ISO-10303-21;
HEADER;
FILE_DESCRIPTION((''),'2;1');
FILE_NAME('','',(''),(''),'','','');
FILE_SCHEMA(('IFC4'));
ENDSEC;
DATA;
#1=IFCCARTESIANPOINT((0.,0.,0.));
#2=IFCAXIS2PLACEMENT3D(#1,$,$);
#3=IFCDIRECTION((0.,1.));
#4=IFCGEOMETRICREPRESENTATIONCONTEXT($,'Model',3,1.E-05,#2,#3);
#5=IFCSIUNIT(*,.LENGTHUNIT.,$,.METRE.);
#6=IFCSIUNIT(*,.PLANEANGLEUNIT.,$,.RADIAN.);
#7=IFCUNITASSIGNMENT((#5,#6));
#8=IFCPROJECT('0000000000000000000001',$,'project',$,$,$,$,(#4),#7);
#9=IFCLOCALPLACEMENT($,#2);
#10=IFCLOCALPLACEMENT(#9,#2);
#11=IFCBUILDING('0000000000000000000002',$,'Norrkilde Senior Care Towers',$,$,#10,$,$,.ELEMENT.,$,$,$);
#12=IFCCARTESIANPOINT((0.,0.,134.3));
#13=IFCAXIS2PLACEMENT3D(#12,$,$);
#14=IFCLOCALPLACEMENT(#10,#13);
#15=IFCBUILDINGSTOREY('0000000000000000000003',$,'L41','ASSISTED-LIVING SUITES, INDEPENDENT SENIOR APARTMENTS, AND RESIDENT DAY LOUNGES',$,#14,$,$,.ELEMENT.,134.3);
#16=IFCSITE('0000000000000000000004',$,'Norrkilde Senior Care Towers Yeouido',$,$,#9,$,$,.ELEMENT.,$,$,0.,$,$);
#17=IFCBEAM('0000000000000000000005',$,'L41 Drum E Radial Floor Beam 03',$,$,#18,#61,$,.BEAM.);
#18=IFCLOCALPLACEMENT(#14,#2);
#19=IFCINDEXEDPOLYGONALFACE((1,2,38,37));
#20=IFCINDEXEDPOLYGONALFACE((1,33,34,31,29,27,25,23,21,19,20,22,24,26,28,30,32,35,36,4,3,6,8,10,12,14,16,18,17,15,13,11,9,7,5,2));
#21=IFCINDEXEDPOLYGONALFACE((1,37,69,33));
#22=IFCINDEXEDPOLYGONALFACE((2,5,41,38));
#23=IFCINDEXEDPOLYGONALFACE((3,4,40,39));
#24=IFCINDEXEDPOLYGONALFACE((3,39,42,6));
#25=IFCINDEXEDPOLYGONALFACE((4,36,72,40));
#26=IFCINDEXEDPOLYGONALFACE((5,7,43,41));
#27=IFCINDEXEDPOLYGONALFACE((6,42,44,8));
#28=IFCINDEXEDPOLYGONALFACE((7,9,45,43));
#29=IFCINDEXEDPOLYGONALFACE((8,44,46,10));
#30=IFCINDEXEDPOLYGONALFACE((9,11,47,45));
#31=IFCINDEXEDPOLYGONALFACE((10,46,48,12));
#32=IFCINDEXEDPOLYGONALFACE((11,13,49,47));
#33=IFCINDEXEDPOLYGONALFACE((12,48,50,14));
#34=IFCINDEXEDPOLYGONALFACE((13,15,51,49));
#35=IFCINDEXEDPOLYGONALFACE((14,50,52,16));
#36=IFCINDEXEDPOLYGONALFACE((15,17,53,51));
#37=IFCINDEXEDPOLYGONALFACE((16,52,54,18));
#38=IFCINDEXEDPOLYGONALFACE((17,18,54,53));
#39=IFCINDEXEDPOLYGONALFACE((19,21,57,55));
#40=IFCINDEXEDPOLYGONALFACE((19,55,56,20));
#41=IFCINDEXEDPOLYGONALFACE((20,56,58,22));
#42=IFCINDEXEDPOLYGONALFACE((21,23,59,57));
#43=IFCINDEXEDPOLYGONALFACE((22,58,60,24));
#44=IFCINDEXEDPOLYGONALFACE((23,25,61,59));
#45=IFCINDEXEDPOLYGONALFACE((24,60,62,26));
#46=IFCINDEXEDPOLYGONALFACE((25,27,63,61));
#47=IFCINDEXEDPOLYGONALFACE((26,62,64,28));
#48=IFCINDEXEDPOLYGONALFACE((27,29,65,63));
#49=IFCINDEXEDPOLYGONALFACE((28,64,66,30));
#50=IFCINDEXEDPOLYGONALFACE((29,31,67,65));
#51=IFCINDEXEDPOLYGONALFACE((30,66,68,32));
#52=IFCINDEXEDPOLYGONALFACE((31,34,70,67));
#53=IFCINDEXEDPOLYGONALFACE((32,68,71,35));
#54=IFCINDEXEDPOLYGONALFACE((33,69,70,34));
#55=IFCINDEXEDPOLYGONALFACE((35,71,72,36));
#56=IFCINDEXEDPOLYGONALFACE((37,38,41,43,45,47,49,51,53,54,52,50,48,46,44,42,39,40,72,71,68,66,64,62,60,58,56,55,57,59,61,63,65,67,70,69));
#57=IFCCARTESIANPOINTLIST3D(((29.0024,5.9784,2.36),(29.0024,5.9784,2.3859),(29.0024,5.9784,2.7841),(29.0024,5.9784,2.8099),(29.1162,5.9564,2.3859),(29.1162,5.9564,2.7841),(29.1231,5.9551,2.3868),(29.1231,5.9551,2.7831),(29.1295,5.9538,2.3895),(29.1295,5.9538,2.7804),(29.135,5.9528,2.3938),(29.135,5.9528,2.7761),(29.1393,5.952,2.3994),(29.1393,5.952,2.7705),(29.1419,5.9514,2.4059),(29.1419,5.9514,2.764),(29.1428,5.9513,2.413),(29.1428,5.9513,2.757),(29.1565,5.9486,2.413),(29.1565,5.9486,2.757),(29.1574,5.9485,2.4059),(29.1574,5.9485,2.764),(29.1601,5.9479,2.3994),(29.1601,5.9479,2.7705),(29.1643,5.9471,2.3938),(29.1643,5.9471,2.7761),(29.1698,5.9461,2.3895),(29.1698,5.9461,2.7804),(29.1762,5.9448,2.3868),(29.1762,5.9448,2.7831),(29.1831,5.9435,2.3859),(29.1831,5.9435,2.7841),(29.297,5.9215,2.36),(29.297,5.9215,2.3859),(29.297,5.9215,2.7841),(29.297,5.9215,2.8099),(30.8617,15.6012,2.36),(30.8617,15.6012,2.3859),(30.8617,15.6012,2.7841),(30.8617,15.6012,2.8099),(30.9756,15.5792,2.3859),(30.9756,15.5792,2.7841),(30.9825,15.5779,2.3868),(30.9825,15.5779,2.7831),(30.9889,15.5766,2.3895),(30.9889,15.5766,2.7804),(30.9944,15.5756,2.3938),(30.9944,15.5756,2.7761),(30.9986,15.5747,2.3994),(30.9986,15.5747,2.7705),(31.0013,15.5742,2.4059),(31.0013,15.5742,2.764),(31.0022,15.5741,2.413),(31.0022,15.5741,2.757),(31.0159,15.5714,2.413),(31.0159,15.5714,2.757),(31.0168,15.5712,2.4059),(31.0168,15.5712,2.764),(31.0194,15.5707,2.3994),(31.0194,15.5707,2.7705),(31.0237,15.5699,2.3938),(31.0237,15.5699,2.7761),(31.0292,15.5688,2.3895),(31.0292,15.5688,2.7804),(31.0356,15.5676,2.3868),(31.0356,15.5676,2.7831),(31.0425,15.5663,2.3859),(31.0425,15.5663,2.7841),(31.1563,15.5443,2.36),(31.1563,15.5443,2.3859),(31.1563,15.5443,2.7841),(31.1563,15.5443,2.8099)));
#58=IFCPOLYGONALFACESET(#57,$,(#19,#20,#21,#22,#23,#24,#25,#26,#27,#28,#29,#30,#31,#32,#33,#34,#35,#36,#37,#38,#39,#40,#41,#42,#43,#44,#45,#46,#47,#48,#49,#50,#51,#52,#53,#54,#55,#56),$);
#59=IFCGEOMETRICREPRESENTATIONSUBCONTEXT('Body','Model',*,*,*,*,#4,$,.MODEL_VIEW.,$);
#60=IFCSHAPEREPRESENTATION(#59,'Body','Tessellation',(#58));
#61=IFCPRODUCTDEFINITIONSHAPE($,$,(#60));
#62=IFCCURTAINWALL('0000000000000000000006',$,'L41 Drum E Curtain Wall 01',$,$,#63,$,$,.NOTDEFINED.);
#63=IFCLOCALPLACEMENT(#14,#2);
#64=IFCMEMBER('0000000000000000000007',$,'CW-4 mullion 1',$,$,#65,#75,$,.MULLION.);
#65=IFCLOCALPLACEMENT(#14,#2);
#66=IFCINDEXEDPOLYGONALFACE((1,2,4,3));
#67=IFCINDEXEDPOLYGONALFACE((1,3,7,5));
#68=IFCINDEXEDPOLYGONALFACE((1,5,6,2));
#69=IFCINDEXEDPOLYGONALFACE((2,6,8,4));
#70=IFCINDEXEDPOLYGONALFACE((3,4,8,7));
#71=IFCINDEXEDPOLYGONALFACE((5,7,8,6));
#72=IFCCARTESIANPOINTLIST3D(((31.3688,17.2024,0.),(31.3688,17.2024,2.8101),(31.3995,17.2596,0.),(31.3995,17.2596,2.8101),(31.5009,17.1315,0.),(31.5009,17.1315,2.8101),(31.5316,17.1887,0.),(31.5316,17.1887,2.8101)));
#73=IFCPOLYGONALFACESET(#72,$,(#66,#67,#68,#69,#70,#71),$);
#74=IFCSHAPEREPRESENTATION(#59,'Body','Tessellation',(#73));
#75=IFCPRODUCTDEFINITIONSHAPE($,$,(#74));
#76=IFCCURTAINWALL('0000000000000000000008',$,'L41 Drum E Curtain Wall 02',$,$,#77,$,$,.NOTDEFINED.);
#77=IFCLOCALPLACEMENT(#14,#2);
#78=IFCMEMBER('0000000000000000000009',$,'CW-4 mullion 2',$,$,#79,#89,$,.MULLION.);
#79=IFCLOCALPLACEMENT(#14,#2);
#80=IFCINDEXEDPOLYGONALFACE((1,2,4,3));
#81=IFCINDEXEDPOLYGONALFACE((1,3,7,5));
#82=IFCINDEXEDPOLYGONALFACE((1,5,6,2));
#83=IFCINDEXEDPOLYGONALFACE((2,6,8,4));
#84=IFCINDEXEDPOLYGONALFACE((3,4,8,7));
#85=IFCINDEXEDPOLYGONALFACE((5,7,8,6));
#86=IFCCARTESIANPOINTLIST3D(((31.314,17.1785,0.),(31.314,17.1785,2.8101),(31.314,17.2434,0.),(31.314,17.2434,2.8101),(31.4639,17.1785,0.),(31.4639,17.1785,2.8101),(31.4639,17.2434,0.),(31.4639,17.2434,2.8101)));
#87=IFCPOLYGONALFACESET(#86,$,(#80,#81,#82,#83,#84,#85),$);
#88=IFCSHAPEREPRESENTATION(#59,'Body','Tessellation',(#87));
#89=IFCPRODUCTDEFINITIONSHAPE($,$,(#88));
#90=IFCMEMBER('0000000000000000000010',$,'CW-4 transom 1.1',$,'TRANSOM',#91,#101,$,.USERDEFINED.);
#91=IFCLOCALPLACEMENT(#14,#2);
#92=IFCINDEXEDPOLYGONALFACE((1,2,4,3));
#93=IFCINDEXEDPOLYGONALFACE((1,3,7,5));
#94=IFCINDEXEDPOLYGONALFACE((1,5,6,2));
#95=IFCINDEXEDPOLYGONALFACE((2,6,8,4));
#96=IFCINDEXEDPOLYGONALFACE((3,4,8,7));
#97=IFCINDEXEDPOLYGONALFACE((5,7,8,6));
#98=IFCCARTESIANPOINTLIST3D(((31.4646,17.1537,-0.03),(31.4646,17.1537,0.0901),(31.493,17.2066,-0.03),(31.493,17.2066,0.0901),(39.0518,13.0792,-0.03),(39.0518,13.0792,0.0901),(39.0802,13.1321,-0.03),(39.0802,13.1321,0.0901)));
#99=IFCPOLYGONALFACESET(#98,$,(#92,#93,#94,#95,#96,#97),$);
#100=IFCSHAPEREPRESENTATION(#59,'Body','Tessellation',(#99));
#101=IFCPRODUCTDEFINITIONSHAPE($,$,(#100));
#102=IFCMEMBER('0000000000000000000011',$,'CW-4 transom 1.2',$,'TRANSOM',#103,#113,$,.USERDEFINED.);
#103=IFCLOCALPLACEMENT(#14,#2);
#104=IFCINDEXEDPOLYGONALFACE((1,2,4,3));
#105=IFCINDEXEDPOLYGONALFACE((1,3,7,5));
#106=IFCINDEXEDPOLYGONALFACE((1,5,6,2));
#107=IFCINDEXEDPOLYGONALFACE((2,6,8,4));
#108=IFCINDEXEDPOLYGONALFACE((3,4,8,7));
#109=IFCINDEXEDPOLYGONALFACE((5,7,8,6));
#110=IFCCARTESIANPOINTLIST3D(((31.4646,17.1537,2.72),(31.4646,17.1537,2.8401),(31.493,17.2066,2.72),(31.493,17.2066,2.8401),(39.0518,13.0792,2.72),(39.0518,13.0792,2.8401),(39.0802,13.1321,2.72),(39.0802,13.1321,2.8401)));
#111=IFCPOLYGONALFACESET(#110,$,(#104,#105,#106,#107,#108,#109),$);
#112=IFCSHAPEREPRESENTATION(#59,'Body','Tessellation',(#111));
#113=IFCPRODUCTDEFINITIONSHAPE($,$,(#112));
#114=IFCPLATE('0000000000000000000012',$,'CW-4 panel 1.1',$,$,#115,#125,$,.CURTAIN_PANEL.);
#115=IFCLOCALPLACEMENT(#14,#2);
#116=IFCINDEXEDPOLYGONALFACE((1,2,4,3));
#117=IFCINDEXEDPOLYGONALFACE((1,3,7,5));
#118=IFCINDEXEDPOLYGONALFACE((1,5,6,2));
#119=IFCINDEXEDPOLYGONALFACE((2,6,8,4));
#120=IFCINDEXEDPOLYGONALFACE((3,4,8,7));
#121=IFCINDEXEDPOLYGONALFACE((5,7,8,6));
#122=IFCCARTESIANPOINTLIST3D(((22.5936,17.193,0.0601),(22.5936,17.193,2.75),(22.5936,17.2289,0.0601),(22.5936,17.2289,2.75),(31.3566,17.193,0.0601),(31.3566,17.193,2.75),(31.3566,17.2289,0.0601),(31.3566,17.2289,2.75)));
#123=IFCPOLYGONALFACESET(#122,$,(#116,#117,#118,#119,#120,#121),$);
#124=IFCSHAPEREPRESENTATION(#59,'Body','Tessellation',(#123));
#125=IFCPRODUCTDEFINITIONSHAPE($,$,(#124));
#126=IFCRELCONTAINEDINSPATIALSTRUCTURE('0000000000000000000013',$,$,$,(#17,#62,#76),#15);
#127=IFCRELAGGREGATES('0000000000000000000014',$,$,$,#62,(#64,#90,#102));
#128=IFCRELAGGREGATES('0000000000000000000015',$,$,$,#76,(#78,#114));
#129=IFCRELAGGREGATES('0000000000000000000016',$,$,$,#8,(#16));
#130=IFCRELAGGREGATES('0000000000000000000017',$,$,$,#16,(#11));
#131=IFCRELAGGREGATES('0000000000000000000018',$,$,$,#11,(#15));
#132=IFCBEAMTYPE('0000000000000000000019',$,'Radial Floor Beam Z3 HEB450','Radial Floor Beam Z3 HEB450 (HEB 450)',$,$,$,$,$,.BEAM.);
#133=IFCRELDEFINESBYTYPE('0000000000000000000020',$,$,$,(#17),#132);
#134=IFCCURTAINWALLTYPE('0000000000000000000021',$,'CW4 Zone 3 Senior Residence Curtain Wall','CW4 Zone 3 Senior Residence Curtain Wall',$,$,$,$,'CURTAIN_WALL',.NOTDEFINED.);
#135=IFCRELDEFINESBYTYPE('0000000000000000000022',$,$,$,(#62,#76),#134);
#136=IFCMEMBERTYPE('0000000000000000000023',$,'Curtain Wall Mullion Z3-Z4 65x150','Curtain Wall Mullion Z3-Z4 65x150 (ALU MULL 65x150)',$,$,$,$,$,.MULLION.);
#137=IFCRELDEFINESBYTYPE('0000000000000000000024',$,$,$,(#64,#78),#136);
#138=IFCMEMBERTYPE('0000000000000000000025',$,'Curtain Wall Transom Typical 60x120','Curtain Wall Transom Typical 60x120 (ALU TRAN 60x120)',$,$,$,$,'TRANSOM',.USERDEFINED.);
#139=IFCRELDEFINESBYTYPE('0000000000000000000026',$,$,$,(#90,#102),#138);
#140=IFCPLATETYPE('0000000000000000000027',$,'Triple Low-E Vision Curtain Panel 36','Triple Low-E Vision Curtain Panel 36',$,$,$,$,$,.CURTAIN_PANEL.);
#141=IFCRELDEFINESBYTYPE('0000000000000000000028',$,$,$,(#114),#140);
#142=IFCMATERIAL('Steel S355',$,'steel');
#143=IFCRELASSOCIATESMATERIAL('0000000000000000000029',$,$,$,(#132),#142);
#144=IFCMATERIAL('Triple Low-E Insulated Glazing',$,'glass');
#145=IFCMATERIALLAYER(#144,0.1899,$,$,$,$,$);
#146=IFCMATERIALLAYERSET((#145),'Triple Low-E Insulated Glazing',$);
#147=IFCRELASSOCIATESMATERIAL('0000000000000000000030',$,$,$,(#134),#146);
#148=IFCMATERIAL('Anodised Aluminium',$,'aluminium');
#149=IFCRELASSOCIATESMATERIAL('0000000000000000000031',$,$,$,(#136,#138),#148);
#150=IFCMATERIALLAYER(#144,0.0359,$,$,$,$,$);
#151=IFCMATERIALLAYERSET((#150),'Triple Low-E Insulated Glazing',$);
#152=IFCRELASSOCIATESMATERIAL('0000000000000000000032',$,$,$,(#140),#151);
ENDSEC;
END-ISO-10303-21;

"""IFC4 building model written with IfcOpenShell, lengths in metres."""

from ifc_helpers import new_model, si_unit, direction, frame, origin, origin_2d, place, context, subcontext, project, spatial, rectangle, i_section, extrude, source, transform, mapped, material, layer, layer_set, material_profile, profile_set, type_object, type_shapes, element, aggregate, save


model = new_model("IFC4")

# Units and contexts
model_context = context("Model", 3, precision=1e-05, world=origin(), true_north=direction((0.0, 1.0)))
body_context = subcontext(model_context, "Body", "Model", "MODEL_VIEW")
ifc_project = project(units=[si_unit("LENGTHUNIT", "METRE"), si_unit("PLANEANGLEUNIT", "RADIAN")], contexts=[model_context])

# Site, building, storey
site_placement = place(None, origin())
site = spatial("IfcSite", under=ifc_project, at=site_placement, Name="Norrkilde Senior Care Towers Yeouido", CompositionType="ELEMENT", RefElevation=0.0)
building_placement = place(site_placement, origin())
building = spatial("IfcBuilding", under=site, at=building_placement, Name="Norrkilde Senior Care Towers", CompositionType="ELEMENT")
storey_placement = place(building_placement, frame((0.0, 0.0, 134.3)))
storey = spatial("IfcBuildingStorey", under=building, at=storey_placement, Name="L41", Description="ASSISTED-LIVING SUITES, INDEPENDENT SENIOR APARTMENTS, AND RESIDENT DAY LOUNGES", CompositionType="ELEMENT", Elevation=134.3)

# Beam
ifc_material_1 = material(Name="Steel S355", Category="steel")
ifc_material_profile_1 = material_profile(ifc_material_1, i_section(OverallWidth=0.3, OverallDepth=0.45, WebThickness=0.0139, FlangeThickness=0.0259, FilletRadius=0.0271, at=origin_2d()), Name="HEB 450")
ifc_profile_set_1 = profile_set([ifc_material_profile_1], Name="Steel S355")
beam_type_1 = type_object("IfcBeamType", Name="Radial Floor Beam Z3 HEB450", Description="Radial Floor Beam Z3 HEB450 (HEB 450)", PredefinedType="BEAM", material=ifc_profile_set_1)
shared_shape_1 = source(origin(), body_context, "Body", "SweptSolid", [
    extrude(i_section(OverallWidth=0.3, OverallDepth=0.45, WebThickness=0.0139, FlangeThickness=0.0259, FilletRadius=0.0271, at=origin_2d()), origin(), (0.0, 0.0, 1.0), 9.8008),
])
beam_1_placement = place(storey_placement, frame((29.1497, 5.95, 2.585), z_axis=(0.189717, 0.981839, 0.0), x_axis=(-0.981839, 0.189717, 0.0)))
element("IfcBeam", 1, at=beam_1_placement, inside=storey, type_object=beam_type_1, Name="L41 Drum E Radial Floor Beam 03", PredefinedType="BEAM", context=body_context, shape_type="MappedRepresentation", body=[
    mapped(shared_shape_1, transform((0.0, 0.0, 0.0), x_axis=(1.0, 0.0, 0.0), y_axis=(0.0, 1.0, 0.0), z_axis=(0.0, 0.0, 1.0), scale=1.0)),
])

# Curtain walls, members
ifc_material_2 = material(Name="Triple Low-E Insulated Glazing", Category="glass")
ifc_layer_1 = layer(ifc_material_2, 0.1899)
ifc_layer_set_1 = layer_set([ifc_layer_1], Name="Triple Low-E Insulated Glazing")
curtain_wall_type = type_object("IfcCurtainWallType", Name="CW4 Zone 3 Senior Residence Curtain Wall", Description="CW4 Zone 3 Senior Residence Curtain Wall", ElementType="CURTAIN_WALL", PredefinedType="NOTDEFINED", material=ifc_layer_set_1)
curtain_wall_1_placement = place(storey_placement, origin())
curtain_wall_1 = element("IfcCurtainWall", 2, at=curtain_wall_1_placement, inside=storey, type_object=curtain_wall_type, Name="L41 Drum E Curtain Wall 01", PredefinedType="NOTDEFINED")
ifc_material_3 = material(Name="Anodised Aluminium", Category="aluminium")
ifc_material_profile_2 = material_profile(ifc_material_3, rectangle(XDim=0.0649, YDim=0.1499, at=origin_2d()), Name="ALU MULL 65x150")
ifc_profile_set_2 = profile_set([ifc_material_profile_2], Name="Anodised Aluminium")
member_type_1 = type_object("IfcMemberType", Name="Curtain Wall Mullion Z3-Z4 65x150", Description="Curtain Wall Mullion Z3-Z4 65x150 (ALU MULL 65x150)", PredefinedType="MULLION", material=ifc_profile_set_2)
shared_shape_2 = source(origin(), body_context, "Body", "SweptSolid", [
    extrude(rectangle(XDim=0.0649, YDim=0.1499, at=origin_2d()), origin(), (0.0, 0.0, 1.0), 2.8101),
])
type_shapes(member_type_1, [shared_shape_2])
member_1_placement = place(storey_placement, frame((31.4502, 17.1956, 0.0), z_axis=(0.0, 0.0, 1.0), x_axis=(0.473117, 0.881, 0.0)))
member_1 = element("IfcMember", 3, at=member_1_placement, type_object=member_type_1, Name="CW-4 mullion 1", PredefinedType="MULLION", context=body_context, shape_type="MappedRepresentation", body=[
    mapped(shared_shape_2, transform((0.0, 0.0, 0.0), x_axis=(1.0, 0.0, 0.0), y_axis=(0.0, 1.0, 0.0), z_axis=(0.0, 0.0, 1.0), scale=1.0)),
])
curtain_wall_2_placement = place(storey_placement, origin())
curtain_wall_2 = element("IfcCurtainWall", 4, at=curtain_wall_2_placement, inside=storey, type_object=curtain_wall_type, Name="L41 Drum E Curtain Wall 02", PredefinedType="NOTDEFINED")
member_2_placement = place(storey_placement, frame((31.3889, 17.2109, 0.0), z_axis=(0.0, 0.0, 1.0), x_axis=(0.0, 1.0, 0.0)))
member_2 = element("IfcMember", 5, at=member_2_placement, type_object=member_type_1, Name="CW-4 mullion 2", PredefinedType="MULLION", context=body_context, shape_type="MappedRepresentation", body=[
    mapped(shared_shape_2, transform((0.0, 0.0, 0.0), x_axis=(1.0, 0.0, 0.0), y_axis=(0.0, 1.0, 0.0), z_axis=(0.0, 0.0, 1.0), scale=1.0)),
])

# Members
ifc_material_profile_3 = material_profile(ifc_material_3, rectangle(XDim=0.0601, YDim=0.1201, at=origin_2d()), Name="ALU TRAN 60x120")
ifc_profile_set_3 = profile_set([ifc_material_profile_3], Name="Anodised Aluminium")
member_type_2 = type_object("IfcMemberType", Name="Curtain Wall Transom Typical 60x120", Description="Curtain Wall Transom Typical 60x120 (ALU TRAN 60x120)", ElementType="TRANSOM", PredefinedType="USERDEFINED", material=ifc_profile_set_3)
shared_shape_3 = source(origin(), body_context, "Body", "SweptSolid", [
    extrude(rectangle(XDim=0.0601, YDim=0.1201, at=origin_2d()), origin(), (0.0, 0.0, 1.0), 8.6121),
])
type_shapes(member_type_2, [shared_shape_3])
member_3_placement = place(storey_placement, frame((31.4788, 17.1802, 0.03), z_axis=(0.881, -0.473116, 0.0), x_axis=(0.473116, 0.881, 0.0)))
member_3 = element("IfcMember", 6, at=member_3_placement, type_object=member_type_2, Name="CW-4 transom 1.1", ObjectType="TRANSOM", PredefinedType="USERDEFINED", context=body_context, shape_type="MappedRepresentation", body=[
    mapped(shared_shape_3, transform((0.0, 0.0, 0.0), x_axis=(1.0, 0.0, 0.0), y_axis=(0.0, 1.0, 0.0), z_axis=(0.0, 0.0, 1.0), scale=1.0)),
])
member_4_placement = place(storey_placement, frame((31.4788, 17.1802, 2.78), z_axis=(0.881, -0.473116, 0.0), x_axis=(0.473116, 0.881, 0.0)))
member_4 = element("IfcMember", 7, at=member_4_placement, type_object=member_type_2, Name="CW-4 transom 1.2", ObjectType="TRANSOM", PredefinedType="USERDEFINED", context=body_context, shape_type="MappedRepresentation", body=[
    mapped(shared_shape_3, transform((0.0, 0.0, 0.0), x_axis=(1.0, 0.0, 0.0), y_axis=(0.0, 1.0, 0.0), z_axis=(0.0, 0.0, 1.0), scale=1.0)),
])
aggregate(curtain_wall_1, [member_1, member_3, member_4])

# Plate
ifc_layer_2 = layer(ifc_material_2, 0.0359)
ifc_layer_set_2 = layer_set([ifc_layer_2], Name="Triple Low-E Insulated Glazing")
plate_type = type_object("IfcPlateType", Name="Triple Low-E Vision Curtain Panel 36", Description="Triple Low-E Vision Curtain Panel 36", PredefinedType="CURTAIN_PANEL", material=ifc_layer_set_2)
shared_shape_4 = source(origin(), body_context, "Body", "SweptSolid", [
    extrude(rectangle(XDim=8.7629, YDim=0.0359, at=origin_2d()), origin(), (0.0, 0.0, 1.0), 2.6899),
])
type_shapes(plate_type, [shared_shape_4])
plate_placement = place(storey_placement, frame((26.9751, 17.2109, 0.0601), z_axis=(0.0, 0.0, 1.0), x_axis=(1.0, 0.0, 0.0)))
plate = element("IfcPlate", 8, at=plate_placement, type_object=plate_type, Name="CW-4 panel 1.1", PredefinedType="CURTAIN_PANEL", context=body_context, shape_type="MappedRepresentation", body=[
    mapped(shared_shape_4, transform((0.0, 0.0, 0.0), x_axis=(1.0, 0.0, 0.0), y_axis=(0.0, 1.0, 0.0), z_axis=(0.0, 0.0, 1.0), scale=1.0)),
])
aggregate(curtain_wall_2, [member_2, plate])

save(model, "model.ifc")
